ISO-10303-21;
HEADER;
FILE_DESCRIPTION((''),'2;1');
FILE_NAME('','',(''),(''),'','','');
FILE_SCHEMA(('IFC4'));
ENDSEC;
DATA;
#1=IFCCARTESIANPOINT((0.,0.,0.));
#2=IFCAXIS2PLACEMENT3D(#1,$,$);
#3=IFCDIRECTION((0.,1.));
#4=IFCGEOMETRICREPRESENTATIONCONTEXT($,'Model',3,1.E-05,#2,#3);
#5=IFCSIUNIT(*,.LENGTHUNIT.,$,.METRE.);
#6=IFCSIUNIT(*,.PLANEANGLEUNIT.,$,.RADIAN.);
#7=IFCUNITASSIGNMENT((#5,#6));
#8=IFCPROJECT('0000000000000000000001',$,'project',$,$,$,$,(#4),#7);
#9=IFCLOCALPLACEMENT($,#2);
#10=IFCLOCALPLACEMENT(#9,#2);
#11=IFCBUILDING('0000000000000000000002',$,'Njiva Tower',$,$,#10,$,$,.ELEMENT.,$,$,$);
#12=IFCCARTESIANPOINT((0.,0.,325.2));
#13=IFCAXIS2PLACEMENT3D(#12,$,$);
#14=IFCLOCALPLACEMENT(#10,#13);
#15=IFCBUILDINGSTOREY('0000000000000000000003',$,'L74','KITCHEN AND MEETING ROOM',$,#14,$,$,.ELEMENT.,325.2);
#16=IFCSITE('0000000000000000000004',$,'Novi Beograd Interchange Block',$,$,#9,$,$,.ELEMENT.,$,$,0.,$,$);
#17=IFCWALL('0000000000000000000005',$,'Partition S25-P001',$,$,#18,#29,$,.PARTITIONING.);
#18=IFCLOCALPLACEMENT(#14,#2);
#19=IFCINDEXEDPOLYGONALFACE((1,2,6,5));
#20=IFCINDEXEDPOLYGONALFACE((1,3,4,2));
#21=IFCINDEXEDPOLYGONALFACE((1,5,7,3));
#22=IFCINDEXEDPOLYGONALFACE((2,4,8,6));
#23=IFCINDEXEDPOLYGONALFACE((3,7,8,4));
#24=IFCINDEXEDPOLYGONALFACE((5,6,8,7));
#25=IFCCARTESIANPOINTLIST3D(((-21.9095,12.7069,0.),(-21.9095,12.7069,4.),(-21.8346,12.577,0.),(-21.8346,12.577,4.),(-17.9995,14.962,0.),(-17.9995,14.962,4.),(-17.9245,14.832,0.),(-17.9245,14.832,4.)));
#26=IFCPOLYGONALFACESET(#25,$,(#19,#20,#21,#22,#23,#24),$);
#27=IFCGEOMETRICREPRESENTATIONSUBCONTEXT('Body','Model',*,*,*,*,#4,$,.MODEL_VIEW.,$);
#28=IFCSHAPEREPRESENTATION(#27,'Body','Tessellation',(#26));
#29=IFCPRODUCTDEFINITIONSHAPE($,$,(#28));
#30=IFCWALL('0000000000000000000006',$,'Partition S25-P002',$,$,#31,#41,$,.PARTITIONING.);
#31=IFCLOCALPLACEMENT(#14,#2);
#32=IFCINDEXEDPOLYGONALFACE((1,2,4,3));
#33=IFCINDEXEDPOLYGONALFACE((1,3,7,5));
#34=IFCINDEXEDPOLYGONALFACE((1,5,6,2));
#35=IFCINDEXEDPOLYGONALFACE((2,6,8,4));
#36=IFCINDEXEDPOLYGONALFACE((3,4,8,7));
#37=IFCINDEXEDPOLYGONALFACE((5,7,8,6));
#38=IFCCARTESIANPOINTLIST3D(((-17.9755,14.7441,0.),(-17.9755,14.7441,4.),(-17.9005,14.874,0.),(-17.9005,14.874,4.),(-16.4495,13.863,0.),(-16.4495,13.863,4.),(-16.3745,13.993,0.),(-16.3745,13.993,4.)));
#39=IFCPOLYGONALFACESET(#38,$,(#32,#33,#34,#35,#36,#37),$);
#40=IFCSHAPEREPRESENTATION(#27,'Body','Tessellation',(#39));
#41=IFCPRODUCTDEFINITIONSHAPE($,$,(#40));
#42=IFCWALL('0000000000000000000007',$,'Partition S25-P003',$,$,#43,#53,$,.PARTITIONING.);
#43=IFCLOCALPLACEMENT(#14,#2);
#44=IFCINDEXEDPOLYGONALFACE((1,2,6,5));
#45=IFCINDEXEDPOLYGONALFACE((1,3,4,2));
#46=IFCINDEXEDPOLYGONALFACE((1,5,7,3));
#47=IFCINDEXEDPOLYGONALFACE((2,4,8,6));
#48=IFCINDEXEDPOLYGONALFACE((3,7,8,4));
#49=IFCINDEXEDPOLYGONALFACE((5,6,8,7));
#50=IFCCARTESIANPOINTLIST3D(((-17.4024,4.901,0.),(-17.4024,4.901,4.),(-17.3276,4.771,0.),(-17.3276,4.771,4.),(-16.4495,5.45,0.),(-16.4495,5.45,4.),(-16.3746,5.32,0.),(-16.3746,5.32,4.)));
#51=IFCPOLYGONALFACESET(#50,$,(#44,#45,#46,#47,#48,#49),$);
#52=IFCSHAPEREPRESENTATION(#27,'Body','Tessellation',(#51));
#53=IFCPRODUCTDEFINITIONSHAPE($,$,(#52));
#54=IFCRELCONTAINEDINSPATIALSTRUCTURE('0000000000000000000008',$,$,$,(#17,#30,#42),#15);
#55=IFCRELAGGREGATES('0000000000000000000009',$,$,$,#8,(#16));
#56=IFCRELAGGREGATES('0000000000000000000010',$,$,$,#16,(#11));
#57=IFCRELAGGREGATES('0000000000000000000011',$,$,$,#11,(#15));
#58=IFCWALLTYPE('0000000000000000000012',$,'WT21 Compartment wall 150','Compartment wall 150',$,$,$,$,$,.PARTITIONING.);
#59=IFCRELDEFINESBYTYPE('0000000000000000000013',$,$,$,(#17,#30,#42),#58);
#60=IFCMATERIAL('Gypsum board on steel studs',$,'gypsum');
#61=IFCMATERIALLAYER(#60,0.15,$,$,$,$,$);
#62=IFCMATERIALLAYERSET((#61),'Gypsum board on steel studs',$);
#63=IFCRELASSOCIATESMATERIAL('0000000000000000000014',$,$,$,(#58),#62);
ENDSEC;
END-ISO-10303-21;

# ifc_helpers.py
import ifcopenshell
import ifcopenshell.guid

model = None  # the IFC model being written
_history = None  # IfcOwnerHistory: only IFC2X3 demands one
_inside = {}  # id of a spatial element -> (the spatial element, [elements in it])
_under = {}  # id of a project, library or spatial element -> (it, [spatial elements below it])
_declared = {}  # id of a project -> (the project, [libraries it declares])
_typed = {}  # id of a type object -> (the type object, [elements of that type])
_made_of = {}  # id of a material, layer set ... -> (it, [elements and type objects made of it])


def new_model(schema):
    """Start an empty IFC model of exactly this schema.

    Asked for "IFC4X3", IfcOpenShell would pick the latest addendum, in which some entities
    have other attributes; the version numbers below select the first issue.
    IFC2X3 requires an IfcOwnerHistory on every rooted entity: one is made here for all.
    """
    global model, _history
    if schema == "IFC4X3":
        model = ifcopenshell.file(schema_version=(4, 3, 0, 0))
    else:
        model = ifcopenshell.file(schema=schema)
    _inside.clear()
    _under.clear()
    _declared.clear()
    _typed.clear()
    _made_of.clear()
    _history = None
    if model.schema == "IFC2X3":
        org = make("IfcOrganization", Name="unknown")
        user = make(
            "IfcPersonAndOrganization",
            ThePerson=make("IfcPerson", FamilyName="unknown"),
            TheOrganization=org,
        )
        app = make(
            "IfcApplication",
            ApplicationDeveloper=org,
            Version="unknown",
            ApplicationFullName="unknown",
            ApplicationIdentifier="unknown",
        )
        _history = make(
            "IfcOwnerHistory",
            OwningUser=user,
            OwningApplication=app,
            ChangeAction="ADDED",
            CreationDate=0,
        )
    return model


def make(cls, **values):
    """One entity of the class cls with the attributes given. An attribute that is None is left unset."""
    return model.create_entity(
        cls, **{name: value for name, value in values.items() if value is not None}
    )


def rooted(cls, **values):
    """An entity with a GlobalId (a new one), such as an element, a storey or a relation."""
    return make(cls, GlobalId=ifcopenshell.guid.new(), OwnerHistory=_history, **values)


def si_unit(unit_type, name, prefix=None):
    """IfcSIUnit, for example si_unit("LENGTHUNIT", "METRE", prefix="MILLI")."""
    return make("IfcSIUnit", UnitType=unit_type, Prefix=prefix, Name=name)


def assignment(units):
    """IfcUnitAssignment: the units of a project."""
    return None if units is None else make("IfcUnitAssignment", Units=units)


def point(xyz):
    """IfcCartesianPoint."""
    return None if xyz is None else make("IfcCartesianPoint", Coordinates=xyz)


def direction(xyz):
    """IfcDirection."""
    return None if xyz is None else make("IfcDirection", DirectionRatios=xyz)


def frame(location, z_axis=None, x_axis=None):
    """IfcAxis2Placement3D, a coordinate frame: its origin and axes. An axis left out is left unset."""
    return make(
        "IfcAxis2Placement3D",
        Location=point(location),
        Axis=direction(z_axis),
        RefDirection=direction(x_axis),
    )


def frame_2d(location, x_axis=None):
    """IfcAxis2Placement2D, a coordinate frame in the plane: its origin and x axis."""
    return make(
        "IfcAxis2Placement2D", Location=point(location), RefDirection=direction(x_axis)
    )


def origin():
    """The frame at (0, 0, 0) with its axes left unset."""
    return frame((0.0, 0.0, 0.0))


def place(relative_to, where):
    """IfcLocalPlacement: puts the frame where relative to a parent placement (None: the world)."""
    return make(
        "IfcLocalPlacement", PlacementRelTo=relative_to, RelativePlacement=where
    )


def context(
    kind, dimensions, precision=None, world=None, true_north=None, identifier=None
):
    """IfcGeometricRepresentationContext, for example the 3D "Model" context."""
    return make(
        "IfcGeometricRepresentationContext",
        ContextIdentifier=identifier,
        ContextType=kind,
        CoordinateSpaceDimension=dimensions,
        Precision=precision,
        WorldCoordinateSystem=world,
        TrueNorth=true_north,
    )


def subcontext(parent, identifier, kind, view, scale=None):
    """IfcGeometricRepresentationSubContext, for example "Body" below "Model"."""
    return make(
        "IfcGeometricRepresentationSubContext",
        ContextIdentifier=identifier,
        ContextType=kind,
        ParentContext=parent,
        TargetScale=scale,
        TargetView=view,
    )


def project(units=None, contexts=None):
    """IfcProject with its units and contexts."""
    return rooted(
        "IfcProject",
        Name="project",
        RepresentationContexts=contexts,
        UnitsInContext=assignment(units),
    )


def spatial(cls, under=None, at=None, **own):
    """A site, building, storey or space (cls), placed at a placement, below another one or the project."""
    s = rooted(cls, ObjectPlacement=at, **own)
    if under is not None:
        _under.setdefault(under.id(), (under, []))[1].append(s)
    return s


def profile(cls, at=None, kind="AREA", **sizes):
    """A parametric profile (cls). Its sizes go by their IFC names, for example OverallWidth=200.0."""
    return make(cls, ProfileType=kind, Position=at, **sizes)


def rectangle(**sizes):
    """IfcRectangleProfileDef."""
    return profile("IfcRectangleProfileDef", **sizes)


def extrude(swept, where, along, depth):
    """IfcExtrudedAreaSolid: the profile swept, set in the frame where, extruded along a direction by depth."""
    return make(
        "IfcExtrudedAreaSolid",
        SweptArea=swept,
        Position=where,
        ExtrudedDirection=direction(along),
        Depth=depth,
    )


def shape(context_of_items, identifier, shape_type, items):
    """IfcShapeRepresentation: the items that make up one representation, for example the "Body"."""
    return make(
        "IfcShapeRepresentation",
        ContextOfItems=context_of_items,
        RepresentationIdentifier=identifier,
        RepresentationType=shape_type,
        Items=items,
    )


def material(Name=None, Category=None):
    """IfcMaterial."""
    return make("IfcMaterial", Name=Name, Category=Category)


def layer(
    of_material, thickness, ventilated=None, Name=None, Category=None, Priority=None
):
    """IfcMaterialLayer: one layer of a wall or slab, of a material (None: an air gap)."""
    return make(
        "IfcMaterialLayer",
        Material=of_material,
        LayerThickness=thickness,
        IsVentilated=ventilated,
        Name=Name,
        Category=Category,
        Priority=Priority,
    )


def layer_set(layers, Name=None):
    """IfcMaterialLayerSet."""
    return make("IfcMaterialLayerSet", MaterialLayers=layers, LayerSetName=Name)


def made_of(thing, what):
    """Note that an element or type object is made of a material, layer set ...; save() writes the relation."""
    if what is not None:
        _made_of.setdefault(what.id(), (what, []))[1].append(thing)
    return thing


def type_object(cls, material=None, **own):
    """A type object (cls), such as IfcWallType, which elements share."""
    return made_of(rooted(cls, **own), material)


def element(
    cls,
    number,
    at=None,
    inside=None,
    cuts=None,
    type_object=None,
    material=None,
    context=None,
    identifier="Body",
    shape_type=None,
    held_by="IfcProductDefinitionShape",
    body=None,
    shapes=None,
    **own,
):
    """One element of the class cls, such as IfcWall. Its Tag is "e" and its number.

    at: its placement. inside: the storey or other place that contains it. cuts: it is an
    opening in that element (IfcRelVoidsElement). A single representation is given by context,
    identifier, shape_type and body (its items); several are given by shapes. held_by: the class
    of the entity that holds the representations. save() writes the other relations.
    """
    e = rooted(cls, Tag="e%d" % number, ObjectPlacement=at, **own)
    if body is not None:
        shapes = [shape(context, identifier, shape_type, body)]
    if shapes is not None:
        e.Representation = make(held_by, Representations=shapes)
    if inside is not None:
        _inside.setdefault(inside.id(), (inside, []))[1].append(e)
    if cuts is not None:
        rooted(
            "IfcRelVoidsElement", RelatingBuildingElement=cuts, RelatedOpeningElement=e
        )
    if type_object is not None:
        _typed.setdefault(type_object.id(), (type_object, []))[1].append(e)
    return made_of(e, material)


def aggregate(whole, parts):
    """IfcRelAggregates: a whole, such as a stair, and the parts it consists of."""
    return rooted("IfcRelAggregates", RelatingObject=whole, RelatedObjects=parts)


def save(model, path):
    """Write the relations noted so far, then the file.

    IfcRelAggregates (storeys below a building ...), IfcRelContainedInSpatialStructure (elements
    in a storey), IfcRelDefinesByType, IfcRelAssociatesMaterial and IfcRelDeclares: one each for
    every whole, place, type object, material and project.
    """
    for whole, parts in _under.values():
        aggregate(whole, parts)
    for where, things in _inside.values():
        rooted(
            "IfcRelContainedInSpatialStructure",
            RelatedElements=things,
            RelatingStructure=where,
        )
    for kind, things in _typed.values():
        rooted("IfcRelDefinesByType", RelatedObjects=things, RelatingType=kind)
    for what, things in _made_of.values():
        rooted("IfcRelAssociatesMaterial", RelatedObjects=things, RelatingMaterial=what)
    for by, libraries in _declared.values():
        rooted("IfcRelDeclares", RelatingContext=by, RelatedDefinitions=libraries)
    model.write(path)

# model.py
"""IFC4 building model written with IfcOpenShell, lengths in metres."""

from ifc_helpers import new_model, si_unit, direction, frame, frame_2d, origin, place, context, subcontext, project, spatial, rectangle, extrude, material, layer, layer_set, type_object, element, save


model = new_model("IFC4")

# Units and contexts
model_context = context("Model", 3, precision=1e-05, world=origin(), true_north=direction((0.0, 1.0)))
body_context = subcontext(model_context, "Body", "Model", "MODEL_VIEW")
ifc_project = project(units=[si_unit("LENGTHUNIT", "METRE"), si_unit("PLANEANGLEUNIT", "RADIAN")], contexts=[model_context])

# Site, building, storey
site_placement = place(None, origin())
site = spatial("IfcSite", under=ifc_project, at=site_placement, Name="Novi Beograd Interchange Block", CompositionType="ELEMENT", RefElevation=0.0)
building_placement = place(site_placement, origin())
building = spatial("IfcBuilding", under=site, at=building_placement, Name="Njiva Tower", CompositionType="ELEMENT")
storey_placement = place(building_placement, frame((0.0, 0.0, 325.2)))
storey = spatial("IfcBuildingStorey", under=building, at=storey_placement, Name="L74", Description="KITCHEN AND MEETING ROOM", CompositionType="ELEMENT", Elevation=325.2)

# Walls
ifc_material_1 = material(Name="Gypsum board on steel studs", Category="gypsum")
ifc_layer = layer(ifc_material_1, 0.15)
ifc_layer_set = layer_set([ifc_layer], Name="Gypsum board on steel studs")
wall_type = type_object("IfcWallType", Name="WT21 Compartment wall 150", Description="Compartment wall 150", PredefinedType="PARTITIONING", material=ifc_layer_set)
wall_1_placement = place(storey_placement, frame((-21.872, 12.642, 0.0), z_axis=(0.0, 0.0, 1.0), x_axis=(0.866259, 0.499595, 0.0)))
element("IfcWall", 1, at=wall_1_placement, inside=storey, type_object=wall_type, Name="Partition S25-P001", PredefinedType="PARTITIONING", context=body_context, shape_type="SweptSolid", body=[
    extrude(rectangle(XDim=4.5137, YDim=0.15, at=frame_2d((2.2568, 0.0))), origin(), (0.0, 0.0, 1.0), 4.0),
])
wall_2_placement = place(storey_placement, frame((-17.938, 14.809, 0.0), z_axis=(0.0, 0.0, 1.0), x_axis=(0.866034, -0.499984, 0.0)))
element("IfcWall", 2, at=wall_2_placement, inside=storey, type_object=wall_type, Name="Partition S25-P002", PredefinedType="PARTITIONING", context=body_context, shape_type="SweptSolid", body=[
    extrude(rectangle(XDim=1.7621, YDim=0.15, at=frame_2d((0.881, 0.0))), origin(), (0.0, 0.0, 1.0), 4.0),
])
wall_3_placement = place(storey_placement, frame((-17.365, 4.836, 0.0), z_axis=(0.0, 0.0, 1.0), x_axis=(0.866503, 0.499171, 0.0)))
element("IfcWall", 3, at=wall_3_placement, inside=storey, type_object=wall_type, Name="Partition S25-P003", PredefinedType="PARTITIONING", context=body_context, shape_type="SweptSolid", body=[
    extrude(rectangle(XDim=1.0998, YDim=0.15, at=frame_2d((0.5499, 0.0))), origin(), (0.0, 0.0, 1.0), 4.0),
])

save(model, "model.ifc")
